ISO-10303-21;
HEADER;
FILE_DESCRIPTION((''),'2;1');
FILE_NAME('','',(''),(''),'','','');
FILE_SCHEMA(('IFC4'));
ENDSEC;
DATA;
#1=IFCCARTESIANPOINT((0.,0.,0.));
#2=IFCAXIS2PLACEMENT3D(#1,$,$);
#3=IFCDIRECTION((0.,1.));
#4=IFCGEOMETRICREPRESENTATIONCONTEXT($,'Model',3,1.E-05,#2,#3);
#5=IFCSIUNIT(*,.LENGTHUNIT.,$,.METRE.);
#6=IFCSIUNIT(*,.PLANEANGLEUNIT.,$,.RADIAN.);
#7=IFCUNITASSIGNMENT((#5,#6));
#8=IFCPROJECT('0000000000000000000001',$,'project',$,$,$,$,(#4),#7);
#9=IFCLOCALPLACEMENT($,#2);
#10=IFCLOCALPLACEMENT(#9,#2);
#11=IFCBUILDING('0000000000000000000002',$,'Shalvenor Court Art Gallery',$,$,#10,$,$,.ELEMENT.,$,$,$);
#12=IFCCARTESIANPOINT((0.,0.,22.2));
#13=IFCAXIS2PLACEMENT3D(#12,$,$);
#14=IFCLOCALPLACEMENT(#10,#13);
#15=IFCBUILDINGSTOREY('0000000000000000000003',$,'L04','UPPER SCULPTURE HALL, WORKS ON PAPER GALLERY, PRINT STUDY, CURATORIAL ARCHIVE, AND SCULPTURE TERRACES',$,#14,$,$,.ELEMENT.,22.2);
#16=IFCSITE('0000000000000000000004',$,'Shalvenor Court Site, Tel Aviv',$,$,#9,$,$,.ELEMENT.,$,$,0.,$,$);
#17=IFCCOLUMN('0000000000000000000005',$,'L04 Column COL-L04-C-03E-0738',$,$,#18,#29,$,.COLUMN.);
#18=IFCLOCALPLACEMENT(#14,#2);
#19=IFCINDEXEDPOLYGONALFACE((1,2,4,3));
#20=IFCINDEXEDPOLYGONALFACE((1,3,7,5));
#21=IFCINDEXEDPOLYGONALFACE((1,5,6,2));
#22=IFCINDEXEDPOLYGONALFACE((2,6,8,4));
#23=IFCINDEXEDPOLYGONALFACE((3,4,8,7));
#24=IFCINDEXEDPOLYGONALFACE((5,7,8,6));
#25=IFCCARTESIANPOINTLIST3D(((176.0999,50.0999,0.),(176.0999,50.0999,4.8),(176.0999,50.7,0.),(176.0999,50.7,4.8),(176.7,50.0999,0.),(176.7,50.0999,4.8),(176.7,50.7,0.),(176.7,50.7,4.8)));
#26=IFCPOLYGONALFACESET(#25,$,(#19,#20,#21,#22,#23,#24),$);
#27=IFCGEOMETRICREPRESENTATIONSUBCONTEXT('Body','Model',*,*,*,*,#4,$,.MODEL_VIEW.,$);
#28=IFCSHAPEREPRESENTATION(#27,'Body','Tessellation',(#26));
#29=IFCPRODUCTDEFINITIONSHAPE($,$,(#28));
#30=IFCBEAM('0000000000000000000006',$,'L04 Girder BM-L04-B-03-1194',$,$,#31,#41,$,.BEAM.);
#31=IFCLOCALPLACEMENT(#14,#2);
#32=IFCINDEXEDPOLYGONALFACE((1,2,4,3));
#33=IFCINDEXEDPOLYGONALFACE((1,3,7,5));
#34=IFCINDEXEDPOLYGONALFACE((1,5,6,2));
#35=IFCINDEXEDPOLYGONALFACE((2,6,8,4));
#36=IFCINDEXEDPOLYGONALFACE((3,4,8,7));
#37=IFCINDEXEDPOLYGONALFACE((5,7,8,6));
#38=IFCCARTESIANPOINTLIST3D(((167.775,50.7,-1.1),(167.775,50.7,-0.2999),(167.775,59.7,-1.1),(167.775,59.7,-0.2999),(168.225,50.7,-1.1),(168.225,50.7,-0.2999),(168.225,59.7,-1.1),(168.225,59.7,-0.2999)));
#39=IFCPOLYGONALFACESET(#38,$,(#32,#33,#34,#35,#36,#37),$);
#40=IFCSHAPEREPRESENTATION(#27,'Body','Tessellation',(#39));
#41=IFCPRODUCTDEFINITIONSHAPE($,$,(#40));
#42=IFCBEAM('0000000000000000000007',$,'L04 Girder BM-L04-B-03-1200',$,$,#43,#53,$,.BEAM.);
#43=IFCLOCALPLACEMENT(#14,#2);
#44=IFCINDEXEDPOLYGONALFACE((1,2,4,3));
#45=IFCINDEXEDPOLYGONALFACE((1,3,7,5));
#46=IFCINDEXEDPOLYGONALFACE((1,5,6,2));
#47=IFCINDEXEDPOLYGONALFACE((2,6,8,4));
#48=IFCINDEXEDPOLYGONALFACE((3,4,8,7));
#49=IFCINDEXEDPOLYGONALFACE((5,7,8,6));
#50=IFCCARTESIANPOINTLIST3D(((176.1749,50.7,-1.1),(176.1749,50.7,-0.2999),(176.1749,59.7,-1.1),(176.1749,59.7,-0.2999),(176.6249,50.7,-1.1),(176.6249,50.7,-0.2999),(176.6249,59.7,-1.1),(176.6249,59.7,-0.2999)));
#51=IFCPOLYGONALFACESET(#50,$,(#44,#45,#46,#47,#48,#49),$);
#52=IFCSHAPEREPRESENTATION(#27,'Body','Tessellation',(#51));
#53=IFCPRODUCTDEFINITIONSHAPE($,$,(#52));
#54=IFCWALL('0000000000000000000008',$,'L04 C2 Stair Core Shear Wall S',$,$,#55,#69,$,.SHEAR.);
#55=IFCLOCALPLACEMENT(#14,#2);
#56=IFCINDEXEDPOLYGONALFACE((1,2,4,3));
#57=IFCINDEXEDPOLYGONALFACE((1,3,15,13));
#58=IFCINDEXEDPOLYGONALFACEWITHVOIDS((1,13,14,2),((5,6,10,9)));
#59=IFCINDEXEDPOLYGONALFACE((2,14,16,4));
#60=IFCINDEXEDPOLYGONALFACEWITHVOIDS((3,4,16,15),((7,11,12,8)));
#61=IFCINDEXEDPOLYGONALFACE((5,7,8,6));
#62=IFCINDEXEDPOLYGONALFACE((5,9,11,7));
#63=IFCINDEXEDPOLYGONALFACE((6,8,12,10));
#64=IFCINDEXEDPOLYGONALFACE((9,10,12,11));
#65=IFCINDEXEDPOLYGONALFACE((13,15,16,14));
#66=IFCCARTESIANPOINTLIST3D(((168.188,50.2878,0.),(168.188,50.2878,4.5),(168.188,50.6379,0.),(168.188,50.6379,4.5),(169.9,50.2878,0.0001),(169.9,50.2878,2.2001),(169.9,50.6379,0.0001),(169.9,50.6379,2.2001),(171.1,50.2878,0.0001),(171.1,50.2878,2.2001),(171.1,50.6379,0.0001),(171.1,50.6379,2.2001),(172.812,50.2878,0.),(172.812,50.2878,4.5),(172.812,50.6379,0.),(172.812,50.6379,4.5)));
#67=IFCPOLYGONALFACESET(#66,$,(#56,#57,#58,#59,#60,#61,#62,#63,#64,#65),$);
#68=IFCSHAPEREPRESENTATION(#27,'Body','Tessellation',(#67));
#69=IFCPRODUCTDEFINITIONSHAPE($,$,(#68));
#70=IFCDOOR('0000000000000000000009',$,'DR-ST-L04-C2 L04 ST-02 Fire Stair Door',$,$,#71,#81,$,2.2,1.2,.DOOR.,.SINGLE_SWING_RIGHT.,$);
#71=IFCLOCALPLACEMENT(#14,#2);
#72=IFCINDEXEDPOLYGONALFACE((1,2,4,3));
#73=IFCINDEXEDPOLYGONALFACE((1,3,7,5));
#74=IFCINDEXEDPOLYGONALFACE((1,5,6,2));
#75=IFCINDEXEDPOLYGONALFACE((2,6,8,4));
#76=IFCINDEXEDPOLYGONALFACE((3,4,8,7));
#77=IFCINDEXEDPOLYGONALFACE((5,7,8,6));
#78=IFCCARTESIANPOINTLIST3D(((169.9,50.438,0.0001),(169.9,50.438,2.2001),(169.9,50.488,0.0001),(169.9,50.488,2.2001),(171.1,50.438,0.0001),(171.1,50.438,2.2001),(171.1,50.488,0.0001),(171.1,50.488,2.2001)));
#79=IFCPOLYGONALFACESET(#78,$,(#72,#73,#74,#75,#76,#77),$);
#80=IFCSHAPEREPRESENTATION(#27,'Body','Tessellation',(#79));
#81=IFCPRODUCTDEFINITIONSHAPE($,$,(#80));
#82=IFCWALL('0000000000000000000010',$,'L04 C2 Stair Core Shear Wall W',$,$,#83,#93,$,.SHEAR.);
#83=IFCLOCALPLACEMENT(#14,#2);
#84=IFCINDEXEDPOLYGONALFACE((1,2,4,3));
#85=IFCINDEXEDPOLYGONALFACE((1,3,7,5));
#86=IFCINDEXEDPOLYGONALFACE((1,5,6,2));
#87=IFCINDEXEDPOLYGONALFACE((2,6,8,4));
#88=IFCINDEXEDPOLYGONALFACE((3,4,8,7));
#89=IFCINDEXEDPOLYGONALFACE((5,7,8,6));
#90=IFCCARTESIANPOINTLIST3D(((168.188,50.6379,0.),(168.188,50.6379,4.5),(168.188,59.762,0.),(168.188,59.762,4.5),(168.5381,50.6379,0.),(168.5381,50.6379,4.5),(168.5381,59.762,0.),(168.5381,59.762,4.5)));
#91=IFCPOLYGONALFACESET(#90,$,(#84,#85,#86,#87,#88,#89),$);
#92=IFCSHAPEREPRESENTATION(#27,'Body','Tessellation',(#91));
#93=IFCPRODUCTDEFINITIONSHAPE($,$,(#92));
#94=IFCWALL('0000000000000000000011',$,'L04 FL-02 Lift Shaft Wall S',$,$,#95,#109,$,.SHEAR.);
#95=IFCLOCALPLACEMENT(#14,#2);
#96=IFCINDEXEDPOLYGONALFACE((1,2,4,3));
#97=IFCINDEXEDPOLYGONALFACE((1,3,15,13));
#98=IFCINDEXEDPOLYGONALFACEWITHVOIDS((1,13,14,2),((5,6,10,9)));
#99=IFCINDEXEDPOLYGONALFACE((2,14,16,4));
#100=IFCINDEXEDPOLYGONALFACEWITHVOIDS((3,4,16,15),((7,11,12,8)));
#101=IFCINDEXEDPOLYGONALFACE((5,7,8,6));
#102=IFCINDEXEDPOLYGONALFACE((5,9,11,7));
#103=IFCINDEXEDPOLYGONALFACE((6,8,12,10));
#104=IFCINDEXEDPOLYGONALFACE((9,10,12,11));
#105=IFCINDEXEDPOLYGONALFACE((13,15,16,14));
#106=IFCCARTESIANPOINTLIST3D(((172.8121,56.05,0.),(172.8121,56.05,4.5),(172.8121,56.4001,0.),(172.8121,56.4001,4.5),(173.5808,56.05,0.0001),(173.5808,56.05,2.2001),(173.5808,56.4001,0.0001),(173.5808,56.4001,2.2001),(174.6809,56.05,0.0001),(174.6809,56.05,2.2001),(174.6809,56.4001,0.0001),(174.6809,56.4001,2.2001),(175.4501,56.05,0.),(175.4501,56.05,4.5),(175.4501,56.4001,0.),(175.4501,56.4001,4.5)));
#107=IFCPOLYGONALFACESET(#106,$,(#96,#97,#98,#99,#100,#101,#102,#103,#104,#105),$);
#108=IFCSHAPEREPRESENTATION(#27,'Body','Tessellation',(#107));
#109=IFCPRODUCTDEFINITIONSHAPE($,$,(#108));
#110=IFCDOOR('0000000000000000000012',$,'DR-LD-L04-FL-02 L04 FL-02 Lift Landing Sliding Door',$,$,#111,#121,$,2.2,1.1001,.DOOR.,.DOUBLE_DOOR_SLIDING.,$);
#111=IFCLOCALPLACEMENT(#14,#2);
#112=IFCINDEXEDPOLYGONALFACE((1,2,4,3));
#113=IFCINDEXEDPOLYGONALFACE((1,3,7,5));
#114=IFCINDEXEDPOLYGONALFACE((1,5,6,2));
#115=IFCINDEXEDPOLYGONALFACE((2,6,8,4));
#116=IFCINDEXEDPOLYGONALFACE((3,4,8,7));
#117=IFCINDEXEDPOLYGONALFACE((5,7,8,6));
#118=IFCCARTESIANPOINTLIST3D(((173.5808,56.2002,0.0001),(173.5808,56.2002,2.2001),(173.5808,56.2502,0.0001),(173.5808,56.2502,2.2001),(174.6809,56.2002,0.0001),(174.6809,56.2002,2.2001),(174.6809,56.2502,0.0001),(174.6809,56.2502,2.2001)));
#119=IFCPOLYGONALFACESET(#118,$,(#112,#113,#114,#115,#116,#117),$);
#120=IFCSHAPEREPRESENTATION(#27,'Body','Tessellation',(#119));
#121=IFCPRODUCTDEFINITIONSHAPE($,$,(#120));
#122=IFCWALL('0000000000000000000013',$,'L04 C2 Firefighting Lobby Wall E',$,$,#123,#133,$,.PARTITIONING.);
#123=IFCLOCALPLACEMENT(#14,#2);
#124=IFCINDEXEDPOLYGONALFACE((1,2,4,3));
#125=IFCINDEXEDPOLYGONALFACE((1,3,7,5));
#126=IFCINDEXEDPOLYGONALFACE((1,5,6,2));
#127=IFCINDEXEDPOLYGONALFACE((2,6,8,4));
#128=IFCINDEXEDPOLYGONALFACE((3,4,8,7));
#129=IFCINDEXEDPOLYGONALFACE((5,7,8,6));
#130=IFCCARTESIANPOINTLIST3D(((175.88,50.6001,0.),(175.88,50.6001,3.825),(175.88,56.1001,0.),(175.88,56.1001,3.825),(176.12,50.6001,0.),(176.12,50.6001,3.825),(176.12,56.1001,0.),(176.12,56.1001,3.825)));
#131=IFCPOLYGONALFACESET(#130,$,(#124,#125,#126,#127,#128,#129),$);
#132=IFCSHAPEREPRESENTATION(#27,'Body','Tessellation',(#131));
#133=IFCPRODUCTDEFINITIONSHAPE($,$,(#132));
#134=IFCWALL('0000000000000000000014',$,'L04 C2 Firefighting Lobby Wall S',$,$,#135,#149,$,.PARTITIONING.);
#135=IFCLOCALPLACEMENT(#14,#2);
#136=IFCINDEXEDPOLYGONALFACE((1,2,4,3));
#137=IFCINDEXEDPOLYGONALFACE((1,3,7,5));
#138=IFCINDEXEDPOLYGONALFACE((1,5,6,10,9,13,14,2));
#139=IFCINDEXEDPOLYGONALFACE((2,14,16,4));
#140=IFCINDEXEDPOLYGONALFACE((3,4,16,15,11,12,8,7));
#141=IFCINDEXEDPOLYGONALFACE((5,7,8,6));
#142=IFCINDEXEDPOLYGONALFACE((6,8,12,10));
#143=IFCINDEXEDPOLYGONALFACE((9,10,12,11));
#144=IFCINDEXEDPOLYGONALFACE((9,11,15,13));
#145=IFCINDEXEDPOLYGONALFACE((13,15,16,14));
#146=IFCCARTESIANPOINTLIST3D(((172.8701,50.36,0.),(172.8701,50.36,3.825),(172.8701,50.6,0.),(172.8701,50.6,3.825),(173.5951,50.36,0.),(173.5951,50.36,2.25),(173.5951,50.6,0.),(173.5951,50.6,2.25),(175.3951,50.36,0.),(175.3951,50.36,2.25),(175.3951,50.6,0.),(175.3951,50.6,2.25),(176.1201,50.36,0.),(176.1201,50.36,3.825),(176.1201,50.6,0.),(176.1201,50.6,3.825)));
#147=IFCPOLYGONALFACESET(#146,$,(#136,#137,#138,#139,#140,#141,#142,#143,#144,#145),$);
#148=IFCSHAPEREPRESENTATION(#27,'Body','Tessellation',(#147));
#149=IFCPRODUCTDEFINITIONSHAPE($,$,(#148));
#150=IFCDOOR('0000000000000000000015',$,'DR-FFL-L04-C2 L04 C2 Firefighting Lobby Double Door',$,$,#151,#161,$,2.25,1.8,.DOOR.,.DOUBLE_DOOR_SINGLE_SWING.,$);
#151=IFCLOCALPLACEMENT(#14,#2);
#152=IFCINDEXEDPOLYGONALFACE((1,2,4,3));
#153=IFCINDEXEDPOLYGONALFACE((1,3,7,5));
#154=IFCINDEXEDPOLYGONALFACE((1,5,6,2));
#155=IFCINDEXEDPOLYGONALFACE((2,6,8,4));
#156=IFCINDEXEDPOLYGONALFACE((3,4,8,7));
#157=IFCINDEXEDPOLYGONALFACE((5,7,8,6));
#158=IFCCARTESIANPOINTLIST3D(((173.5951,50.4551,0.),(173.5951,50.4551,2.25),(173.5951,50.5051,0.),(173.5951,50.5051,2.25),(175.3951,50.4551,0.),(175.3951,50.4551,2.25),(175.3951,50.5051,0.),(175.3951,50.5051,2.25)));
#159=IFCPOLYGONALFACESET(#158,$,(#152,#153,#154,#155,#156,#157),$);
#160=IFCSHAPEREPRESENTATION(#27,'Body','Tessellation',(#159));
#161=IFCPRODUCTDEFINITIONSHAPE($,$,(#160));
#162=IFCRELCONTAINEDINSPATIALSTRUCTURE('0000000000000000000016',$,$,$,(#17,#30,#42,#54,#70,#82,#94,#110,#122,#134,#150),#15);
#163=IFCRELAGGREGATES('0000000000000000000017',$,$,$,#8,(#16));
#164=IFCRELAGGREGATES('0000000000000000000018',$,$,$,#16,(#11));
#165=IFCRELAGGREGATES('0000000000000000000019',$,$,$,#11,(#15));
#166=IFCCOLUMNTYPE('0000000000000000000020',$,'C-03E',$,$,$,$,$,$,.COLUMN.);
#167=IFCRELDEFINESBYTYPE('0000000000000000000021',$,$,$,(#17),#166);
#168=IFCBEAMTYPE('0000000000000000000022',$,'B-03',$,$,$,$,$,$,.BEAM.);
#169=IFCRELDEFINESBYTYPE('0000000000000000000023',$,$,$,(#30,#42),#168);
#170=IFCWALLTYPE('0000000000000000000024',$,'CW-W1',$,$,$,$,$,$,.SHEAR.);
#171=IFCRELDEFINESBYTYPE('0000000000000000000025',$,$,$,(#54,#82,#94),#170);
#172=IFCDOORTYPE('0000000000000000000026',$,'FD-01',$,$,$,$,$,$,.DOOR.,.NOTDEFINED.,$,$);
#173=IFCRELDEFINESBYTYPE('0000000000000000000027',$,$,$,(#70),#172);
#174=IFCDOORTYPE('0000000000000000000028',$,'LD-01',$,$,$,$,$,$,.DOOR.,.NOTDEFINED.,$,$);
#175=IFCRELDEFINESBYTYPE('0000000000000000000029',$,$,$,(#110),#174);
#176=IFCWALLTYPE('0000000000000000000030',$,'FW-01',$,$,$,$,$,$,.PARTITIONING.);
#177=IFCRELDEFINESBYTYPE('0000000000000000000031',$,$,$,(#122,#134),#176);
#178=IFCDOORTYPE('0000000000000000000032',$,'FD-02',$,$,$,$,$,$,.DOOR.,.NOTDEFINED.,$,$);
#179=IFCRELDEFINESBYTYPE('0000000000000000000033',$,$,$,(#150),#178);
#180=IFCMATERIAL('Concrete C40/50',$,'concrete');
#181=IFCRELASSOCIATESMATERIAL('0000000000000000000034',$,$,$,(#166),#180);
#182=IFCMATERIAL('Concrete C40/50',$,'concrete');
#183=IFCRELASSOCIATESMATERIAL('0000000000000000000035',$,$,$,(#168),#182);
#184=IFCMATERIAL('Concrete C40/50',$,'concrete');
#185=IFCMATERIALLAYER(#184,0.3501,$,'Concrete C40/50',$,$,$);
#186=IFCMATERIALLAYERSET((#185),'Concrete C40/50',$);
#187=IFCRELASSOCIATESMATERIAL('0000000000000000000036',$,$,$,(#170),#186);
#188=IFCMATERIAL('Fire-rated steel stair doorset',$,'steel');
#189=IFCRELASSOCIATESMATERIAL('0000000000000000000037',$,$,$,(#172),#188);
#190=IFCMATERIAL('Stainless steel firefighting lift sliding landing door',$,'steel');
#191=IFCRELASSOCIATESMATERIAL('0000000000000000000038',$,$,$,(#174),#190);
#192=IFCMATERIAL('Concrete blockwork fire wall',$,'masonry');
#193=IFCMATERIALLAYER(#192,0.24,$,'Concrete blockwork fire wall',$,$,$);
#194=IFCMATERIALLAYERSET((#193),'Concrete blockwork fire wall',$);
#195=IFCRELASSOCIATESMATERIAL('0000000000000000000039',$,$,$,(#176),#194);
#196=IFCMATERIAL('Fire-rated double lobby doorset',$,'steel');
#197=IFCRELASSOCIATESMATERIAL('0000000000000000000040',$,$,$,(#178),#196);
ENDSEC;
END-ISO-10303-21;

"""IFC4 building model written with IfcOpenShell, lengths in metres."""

from ifc_helpers import new_model, si_unit, direction, frame, frame_2d, origin, origin_2d, place, context, subcontext, project, spatial, rectangle, extrude, material, layer, layer_set, material_profile, profile_set, type_object, element, fill, save


model = new_model("IFC4")

# Units and contexts
model_context = context("Model", 3, precision=1e-05, world=origin(), true_north=direction((0.0, 1.0)))
body_context = subcontext(model_context, "Body", "Model", "MODEL_VIEW")
ifc_project = project(units=[si_unit("LENGTHUNIT", "METRE"), si_unit("PLANEANGLEUNIT", "RADIAN")], contexts=[model_context])

# Site, building, storey
site_placement = place(None, origin())
site = spatial("IfcSite", under=ifc_project, at=site_placement, Name="Shalvenor Court Site, Tel Aviv", CompositionType="ELEMENT", RefElevation=0.0)
building_placement = place(site_placement, origin())
building = spatial("IfcBuilding", under=site, at=building_placement, Name="Shalvenor Court Art Gallery", CompositionType="ELEMENT")
storey_placement = place(building_placement, frame((0.0, 0.0, 22.2)))
storey = spatial("IfcBuildingStorey", under=building, at=storey_placement, Name="L04", Description="UPPER SCULPTURE HALL, WORKS ON PAPER GALLERY, PRINT STUDY, CURATORIAL ARCHIVE, AND SCULPTURE TERRACES", CompositionType="ELEMENT", Elevation=22.2)

# Column
ifc_material_1 = material(Name="Concrete C40/50", Category="concrete")
ifc_material_profile_1 = material_profile(ifc_material_1, rectangle(XDim=0.6001, YDim=0.6001, at=origin_2d()), Name="RC 600x600")
ifc_profile_set_1 = profile_set([ifc_material_profile_1], Name="Concrete C40/50")
column_type = type_object("IfcColumnType", Name="C-03E", PredefinedType="COLUMN", material=ifc_profile_set_1)
column_placement = place(storey_placement, frame((176.3999, 50.3999, 0.0), z_axis=(0.0, 0.0, 1.0), x_axis=(1.0, 0.0, 0.0)))
element("IfcColumn", 1, at=column_placement, inside=storey, type_object=column_type, Name="L04 Column COL-L04-C-03E-0738", PredefinedType="COLUMN", context=body_context, shape_type="SweptSolid", body=[
    extrude(rectangle(XDim=0.6001, YDim=0.6001, at=origin_2d()), origin(), (0.0, 0.0, 1.0), 4.8),
])

# Beams
ifc_material_2 = material(Name="Concrete C40/50", Category="concrete")
ifc_material_profile_2 = material_profile(ifc_material_2, rectangle(XDim=0.45, YDim=0.8, at=origin_2d()), Name="RC 450x800")
ifc_profile_set_2 = profile_set([ifc_material_profile_2], Name="Concrete C40/50")
beam_type = type_object("IfcBeamType", Name="B-03", PredefinedType="BEAM", material=ifc_profile_set_2)
for number, where, z_axis, x_axis, name in (
    (2, (168.0, 50.7, -0.7), (0.0, 1.0, 0.0), (-1.0, 0.0, 0.0), "L04 Girder BM-L04-B-03-1194"),
    (3, (176.3999, 50.7, -0.7), (0.0, 1.0, 0.0), (-1.0, 0.0, 0.0), "L04 Girder BM-L04-B-03-1200"),
):
    element("IfcBeam", number, at=place(storey_placement, frame(where, z_axis=z_axis, x_axis=x_axis)), inside=storey, type_object=beam_type, Name=name, PredefinedType="BEAM", context=body_context, shape_type="SweptSolid", body=[
        extrude(rectangle(XDim=0.45, YDim=0.8, at=origin_2d()), origin(), (0.0, 0.0, 1.0), 9.0),
    ])

# Wall, opening, door
ifc_material_3 = material(Name="Concrete C40/50", Category="concrete")
ifc_layer_1 = layer(ifc_material_3, 0.3501, Name="Concrete C40/50")
ifc_layer_set_1 = layer_set([ifc_layer_1], Name="Concrete C40/50")
wall_type_1 = type_object("IfcWallType", Name="CW-W1", PredefinedType="SHEAR", material=ifc_layer_set_1)
wall_1_placement = place(storey_placement, frame((172.812, 50.4629, 0.0), z_axis=(0.0, 0.0, 1.0), x_axis=(-1.0, 0.0, 0.0)))
wall_1 = element("IfcWall", 4, at=wall_1_placement, inside=storey, type_object=wall_type_1, Name="L04 C2 Stair Core Shear Wall S", PredefinedType="SHEAR", context=body_context, shape_type="SweptSolid", body=[
    extrude(rectangle(XDim=4.624, YDim=0.3501, at=frame_2d((2.312, 0.0))), origin(), (0.0, 0.0, 1.0), 4.5),
])
opening_1_placement = place(wall_1_placement, frame((1.7119, 0.0, 0.0)))
opening_1 = element("IfcOpeningElement", 5, at=opening_1_placement, cuts=wall_1, PredefinedType="OPENING", context=body_context, shape_type="SweptSolid", body=[
    extrude(rectangle(XDim=1.2, YDim=2.2, at=frame_2d((0.6001, 1.1001))), frame((0.0, 0.1851, 0.0), z_axis=(0.0, -1.0, 0.0), x_axis=(1.0, 0.0, 0.0)), (0.0, 0.0, 1.0), 0.3701),
])
ifc_material_4 = material(Name="Fire-rated steel stair doorset", Category="steel")
door_type_1 = type_object("IfcDoorType", Name="FD-01", OperationType="NOTDEFINED", PredefinedType="DOOR", material=ifc_material_4)
door_1_placement = place(opening_1_placement, origin())
door_1 = element("IfcDoor", 6, at=door_1_placement, inside=storey, type_object=door_type_1, Name="DR-ST-L04-C2 L04 ST-02 Fire Stair Door", OperationType="SINGLE_SWING_RIGHT", OverallHeight=2.2, OverallWidth=1.2, PredefinedType="DOOR", context=body_context, shape_type="SweptSolid", body=[
    extrude(rectangle(XDim=1.2, YDim=2.2, at=frame_2d((0.6001, 1.1001))), frame((0.0, 0.0249, 0.0), z_axis=(0.0, -1.0, 0.0), x_axis=(1.0, 0.0, 0.0)), (0.0, 0.0, 1.0), 0.05),
])
fill(opening_1, door_1)

# Wall
wall_2_placement = place(storey_placement, frame((168.363, 50.6379, 0.0), z_axis=(0.0, 0.0, 1.0), x_axis=(0.0, 1.0, 0.0)))
element("IfcWall", 7, at=wall_2_placement, inside=storey, type_object=wall_type_1, Name="L04 C2 Stair Core Shear Wall W", PredefinedType="SHEAR", context=body_context, shape_type="SweptSolid", body=[
    extrude(rectangle(XDim=9.124, YDim=0.3501, at=frame_2d((4.562, 0.0))), origin(), (0.0, 0.0, 1.0), 4.5),
])

# Wall, opening, door
wall_3_placement = place(storey_placement, frame((175.45, 56.2251, 0.0), z_axis=(0.0, 0.0, 1.0), x_axis=(-1.0, 0.0, 0.0)))
wall_3 = element("IfcWall", 8, at=wall_3_placement, inside=storey, type_object=wall_type_1, Name="L04 FL-02 Lift Shaft Wall S", PredefinedType="SHEAR", context=body_context, shape_type="SweptSolid", body=[
    extrude(rectangle(XDim=2.6379, YDim=0.3501, at=frame_2d((1.3188, 0.0))), origin(), (0.0, 0.0, 1.0), 4.5),
])
opening_2_placement = place(wall_3_placement, frame((0.769, 0.0, 0.0)))
opening_2 = element("IfcOpeningElement", 9, at=opening_2_placement, cuts=wall_3, PredefinedType="OPENING", context=body_context, shape_type="SweptSolid", body=[
    extrude(rectangle(XDim=1.1001, YDim=2.2, at=frame_2d((0.55, 1.1001))), frame((0.0, 0.1851, 0.0), z_axis=(0.0, -1.0, 0.0), x_axis=(1.0, 0.0, 0.0)), (0.0, 0.0, 1.0), 0.3701),
])
ifc_material_5 = material(Name="Stainless steel firefighting lift sliding landing door", Category="steel")
door_type_2 = type_object("IfcDoorType", Name="LD-01", OperationType="NOTDEFINED", PredefinedType="DOOR", material=ifc_material_5)
door_2_placement = place(opening_2_placement, origin())
door_2 = element("IfcDoor", 10, at=door_2_placement, inside=storey, type_object=door_type_2, Name="DR-LD-L04-FL-02 L04 FL-02 Lift Landing Sliding Door", OperationType="DOUBLE_DOOR_SLIDING", OverallHeight=2.2, OverallWidth=1.1001, PredefinedType="DOOR", context=body_context, shape_type="SweptSolid", body=[
    extrude(rectangle(XDim=1.1001, YDim=2.2, at=frame_2d((0.55, 1.1001))), frame((0.0, 0.0249, 0.0), z_axis=(0.0, -1.0, 0.0), x_axis=(1.0, 0.0, 0.0)), (0.0, 0.0, 1.0), 0.05),
])
fill(opening_2, door_2)

# Wall
ifc_material_6 = material(Name="Concrete blockwork fire wall", Category="masonry")
ifc_layer_2 = layer(ifc_material_6, 0.24, Name="Concrete blockwork fire wall")
ifc_layer_set_2 = layer_set([ifc_layer_2], Name="Concrete blockwork fire wall")
wall_type_2 = type_object("IfcWallType", Name="FW-01", PredefinedType="PARTITIONING", material=ifc_layer_set_2)
wall_4_placement = place(storey_placement, frame((176.0, 56.1001, 0.0), z_axis=(0.0, 0.0, 1.0), x_axis=(0.0, -1.0, 0.0)))
element("IfcWall", 11, at=wall_4_placement, inside=storey, type_object=wall_type_2, Name="L04 C2 Firefighting Lobby Wall E", PredefinedType="PARTITIONING", context=body_context, shape_type="SweptSolid", body=[
    extrude(rectangle(XDim=5.5, YDim=0.24, at=frame_2d((2.75, 0.0))), origin(), (0.0, 0.0, 1.0), 3.825),
])

# Wall, opening, door
wall_5_placement = place(storey_placement, frame((176.1201, 50.48, 0.0), z_axis=(0.0, 0.0, 1.0), x_axis=(-1.0, 0.0, 0.0)))
wall_5 = element("IfcWall", 12, at=wall_5_placement, inside=storey, type_object=wall_type_2, Name="L04 C2 Firefighting Lobby Wall S", PredefinedType="PARTITIONING", context=body_context, shape_type="SweptSolid", body=[
    extrude(rectangle(XDim=3.25, YDim=0.24, at=frame_2d((1.625, 0.0))), origin(), (0.0, 0.0, 1.0), 3.825),
])
opening_3_placement = place(wall_5_placement, frame((0.7251, 0.0, 0.0)))
opening_3 = element("IfcOpeningElement", 13, at=opening_3_placement, cuts=wall_5, PredefinedType="OPENING", context=body_context, shape_type="SweptSolid", body=[
    extrude(rectangle(XDim=1.8, YDim=2.25, at=frame_2d((0.8999, 1.125))), frame((0.0, 0.1299, 0.0), z_axis=(0.0, -1.0, 0.0), x_axis=(1.0, 0.0, 0.0)), (0.0, 0.0, 1.0), 0.26),
])
ifc_material_7 = material(Name="Fire-rated double lobby doorset", Category="steel")
door_type_3 = type_object("IfcDoorType", Name="FD-02", OperationType="NOTDEFINED", PredefinedType="DOOR", material=ifc_material_7)
door_3_placement = place(opening_3_placement, origin())
door_3 = element("IfcDoor", 14, at=door_3_placement, inside=storey, type_object=door_type_3, Name="DR-FFL-L04-C2 L04 C2 Firefighting Lobby Double Door", OperationType="DOUBLE_DOOR_SINGLE_SWING", OverallHeight=2.25, OverallWidth=1.8, PredefinedType="DOOR", context=body_context, shape_type="SweptSolid", body=[
    extrude(rectangle(XDim=1.8, YDim=2.25, at=frame_2d((0.8999, 1.125))), frame((0.0, 0.0249, 0.0), z_axis=(0.0, -1.0, 0.0), x_axis=(1.0, 0.0, 0.0)), (0.0, 0.0, 1.0), 0.05),
])
fill(opening_3, door_3)

save(model, "model.ifc")
